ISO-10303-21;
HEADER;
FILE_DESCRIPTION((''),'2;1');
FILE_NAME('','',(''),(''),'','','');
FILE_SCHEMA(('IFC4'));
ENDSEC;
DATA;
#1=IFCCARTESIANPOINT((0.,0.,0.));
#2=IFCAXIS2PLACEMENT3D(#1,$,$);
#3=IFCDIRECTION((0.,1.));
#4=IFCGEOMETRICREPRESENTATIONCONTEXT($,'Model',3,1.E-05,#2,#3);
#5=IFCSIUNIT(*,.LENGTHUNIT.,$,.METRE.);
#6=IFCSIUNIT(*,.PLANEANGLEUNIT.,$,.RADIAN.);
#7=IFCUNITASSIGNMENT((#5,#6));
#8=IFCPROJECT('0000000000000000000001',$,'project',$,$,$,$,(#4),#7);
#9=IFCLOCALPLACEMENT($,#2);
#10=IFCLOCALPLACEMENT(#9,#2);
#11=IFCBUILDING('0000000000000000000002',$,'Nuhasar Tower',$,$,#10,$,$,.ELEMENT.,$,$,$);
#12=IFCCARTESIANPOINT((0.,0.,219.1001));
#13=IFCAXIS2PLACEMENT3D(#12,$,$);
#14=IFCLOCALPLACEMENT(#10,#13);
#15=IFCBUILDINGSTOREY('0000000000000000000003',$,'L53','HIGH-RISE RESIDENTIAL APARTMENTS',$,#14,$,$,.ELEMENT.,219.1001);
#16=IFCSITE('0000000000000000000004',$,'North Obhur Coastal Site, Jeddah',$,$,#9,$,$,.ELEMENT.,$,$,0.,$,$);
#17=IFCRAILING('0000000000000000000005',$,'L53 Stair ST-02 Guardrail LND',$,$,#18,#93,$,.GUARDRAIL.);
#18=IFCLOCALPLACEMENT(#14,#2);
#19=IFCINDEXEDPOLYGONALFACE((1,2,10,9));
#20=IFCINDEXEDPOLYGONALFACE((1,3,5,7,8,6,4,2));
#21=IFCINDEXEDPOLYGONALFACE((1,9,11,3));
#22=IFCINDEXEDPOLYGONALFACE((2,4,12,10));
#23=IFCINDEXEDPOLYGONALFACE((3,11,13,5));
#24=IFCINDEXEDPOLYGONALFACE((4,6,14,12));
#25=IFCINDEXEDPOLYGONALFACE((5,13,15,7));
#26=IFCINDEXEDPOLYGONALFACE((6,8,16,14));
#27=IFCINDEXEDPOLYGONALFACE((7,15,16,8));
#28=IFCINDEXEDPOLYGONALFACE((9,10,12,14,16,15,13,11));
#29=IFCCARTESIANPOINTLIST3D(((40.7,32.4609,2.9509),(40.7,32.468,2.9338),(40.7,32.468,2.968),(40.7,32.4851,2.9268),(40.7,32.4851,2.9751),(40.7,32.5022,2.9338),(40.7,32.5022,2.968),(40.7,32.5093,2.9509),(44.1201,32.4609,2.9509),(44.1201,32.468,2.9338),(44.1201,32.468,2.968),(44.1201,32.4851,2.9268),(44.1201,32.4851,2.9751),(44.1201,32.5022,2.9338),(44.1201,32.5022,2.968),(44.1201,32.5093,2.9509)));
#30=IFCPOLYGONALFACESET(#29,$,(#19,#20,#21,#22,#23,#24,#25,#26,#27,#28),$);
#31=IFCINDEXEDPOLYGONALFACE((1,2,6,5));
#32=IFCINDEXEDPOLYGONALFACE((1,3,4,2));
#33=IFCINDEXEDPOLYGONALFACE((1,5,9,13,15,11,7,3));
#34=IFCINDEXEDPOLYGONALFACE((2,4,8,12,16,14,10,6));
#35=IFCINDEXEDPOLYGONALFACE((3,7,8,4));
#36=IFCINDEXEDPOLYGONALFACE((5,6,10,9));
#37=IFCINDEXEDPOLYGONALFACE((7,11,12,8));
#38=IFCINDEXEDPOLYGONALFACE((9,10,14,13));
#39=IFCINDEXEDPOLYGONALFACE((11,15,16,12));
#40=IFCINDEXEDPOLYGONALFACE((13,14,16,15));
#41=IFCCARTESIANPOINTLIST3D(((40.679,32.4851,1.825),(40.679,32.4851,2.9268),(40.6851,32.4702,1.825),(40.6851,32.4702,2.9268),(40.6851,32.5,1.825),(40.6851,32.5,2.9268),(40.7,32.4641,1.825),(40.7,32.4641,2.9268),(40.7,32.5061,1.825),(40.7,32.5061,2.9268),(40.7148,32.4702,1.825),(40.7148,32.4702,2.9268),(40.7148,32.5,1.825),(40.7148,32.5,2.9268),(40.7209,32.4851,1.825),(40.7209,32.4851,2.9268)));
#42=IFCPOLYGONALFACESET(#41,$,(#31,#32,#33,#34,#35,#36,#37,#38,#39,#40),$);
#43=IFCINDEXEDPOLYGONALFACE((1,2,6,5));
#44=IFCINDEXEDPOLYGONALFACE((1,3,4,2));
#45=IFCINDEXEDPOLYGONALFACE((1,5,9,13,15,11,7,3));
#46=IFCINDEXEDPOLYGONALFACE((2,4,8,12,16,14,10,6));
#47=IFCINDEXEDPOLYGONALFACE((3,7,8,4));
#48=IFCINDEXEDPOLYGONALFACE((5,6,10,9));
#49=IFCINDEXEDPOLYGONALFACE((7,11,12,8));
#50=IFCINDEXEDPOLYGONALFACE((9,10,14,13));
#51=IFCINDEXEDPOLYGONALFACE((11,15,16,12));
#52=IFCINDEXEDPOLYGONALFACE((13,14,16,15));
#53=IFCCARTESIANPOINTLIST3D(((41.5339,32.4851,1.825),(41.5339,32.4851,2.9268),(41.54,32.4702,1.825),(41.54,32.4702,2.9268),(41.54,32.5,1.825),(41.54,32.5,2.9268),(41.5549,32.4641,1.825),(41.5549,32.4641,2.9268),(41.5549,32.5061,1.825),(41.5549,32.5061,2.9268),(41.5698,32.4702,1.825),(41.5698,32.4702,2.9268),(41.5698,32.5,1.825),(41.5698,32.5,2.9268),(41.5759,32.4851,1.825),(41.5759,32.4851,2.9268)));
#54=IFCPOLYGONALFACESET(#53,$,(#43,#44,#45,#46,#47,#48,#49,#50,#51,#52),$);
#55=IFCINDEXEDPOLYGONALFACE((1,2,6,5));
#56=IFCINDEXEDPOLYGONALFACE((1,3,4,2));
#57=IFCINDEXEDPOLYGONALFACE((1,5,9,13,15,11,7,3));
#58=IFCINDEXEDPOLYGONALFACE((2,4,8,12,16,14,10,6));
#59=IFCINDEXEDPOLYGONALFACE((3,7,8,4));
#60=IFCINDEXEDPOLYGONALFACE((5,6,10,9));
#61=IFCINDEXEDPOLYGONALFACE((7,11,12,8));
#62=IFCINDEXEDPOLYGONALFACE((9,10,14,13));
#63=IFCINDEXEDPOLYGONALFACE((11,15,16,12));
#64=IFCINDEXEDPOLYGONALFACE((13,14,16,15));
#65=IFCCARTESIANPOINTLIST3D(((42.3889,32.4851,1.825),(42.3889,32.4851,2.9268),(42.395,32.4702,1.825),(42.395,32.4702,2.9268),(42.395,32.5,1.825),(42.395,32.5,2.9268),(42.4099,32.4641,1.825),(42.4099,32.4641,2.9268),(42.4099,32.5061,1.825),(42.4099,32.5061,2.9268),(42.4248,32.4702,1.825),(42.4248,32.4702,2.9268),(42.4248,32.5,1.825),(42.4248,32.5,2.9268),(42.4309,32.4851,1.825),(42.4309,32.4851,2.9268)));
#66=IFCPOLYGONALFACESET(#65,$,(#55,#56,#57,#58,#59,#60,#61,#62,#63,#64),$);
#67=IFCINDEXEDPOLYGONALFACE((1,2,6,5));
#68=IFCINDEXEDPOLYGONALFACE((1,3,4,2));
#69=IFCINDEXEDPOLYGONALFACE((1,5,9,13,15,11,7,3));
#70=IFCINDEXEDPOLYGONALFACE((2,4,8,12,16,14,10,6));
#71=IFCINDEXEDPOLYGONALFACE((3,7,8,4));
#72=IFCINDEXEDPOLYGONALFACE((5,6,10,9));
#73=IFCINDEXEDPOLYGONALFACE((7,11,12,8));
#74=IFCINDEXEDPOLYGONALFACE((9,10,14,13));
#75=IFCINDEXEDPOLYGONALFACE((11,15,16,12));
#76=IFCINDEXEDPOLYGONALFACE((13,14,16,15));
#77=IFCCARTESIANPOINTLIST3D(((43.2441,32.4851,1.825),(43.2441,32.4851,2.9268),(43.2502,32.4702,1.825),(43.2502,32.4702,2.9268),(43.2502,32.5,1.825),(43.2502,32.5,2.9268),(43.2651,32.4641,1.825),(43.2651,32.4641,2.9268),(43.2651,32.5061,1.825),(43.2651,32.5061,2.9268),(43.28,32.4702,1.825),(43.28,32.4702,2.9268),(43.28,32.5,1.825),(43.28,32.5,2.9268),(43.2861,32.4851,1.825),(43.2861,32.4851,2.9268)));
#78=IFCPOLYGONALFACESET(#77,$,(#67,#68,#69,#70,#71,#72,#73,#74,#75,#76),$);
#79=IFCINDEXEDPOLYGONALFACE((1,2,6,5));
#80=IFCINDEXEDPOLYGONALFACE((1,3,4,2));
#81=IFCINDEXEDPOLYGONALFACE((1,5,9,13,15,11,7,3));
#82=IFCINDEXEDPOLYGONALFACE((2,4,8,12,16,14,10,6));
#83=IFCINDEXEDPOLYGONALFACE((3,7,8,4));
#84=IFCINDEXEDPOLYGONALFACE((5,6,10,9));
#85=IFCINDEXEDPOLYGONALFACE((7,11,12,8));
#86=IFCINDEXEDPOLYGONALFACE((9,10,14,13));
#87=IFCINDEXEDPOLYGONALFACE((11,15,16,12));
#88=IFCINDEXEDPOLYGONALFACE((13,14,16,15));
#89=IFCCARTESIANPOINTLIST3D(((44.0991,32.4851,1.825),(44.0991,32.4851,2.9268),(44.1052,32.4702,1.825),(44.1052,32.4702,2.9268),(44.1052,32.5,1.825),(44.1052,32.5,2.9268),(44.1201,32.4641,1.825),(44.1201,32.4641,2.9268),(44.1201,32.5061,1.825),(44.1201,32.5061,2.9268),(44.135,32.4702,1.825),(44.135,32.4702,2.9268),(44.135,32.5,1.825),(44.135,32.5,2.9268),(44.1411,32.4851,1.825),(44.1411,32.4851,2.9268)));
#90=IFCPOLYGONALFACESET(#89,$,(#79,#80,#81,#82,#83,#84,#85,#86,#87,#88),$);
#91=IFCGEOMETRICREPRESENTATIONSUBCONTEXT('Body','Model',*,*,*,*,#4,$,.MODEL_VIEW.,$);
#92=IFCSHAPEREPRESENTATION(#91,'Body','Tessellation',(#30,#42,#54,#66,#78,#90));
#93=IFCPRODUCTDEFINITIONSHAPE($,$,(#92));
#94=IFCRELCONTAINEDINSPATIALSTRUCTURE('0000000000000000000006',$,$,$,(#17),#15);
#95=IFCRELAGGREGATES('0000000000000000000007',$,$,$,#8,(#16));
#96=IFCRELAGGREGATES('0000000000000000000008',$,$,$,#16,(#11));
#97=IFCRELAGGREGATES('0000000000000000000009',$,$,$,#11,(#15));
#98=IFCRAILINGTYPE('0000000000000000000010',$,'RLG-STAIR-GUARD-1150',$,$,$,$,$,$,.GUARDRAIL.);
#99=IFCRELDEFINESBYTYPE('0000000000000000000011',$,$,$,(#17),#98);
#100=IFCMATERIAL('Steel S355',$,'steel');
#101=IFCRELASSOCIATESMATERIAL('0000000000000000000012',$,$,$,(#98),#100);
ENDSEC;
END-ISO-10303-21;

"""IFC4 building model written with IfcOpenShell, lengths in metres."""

from ifc_helpers import new_model, si_unit, direction, frame, origin, place, context, subcontext, project, spatial, polyline, outline, extrude, material, type_object, element, save


model = new_model("IFC4")

# Units and contexts
model_context = context("Model", 3, precision=1e-05, world=origin(), true_north=direction((0.0, 1.0)))
body_context = subcontext(model_context, "Body", "Model", "MODEL_VIEW")
ifc_project = project(units=[si_unit("LENGTHUNIT", "METRE"), si_unit("PLANEANGLEUNIT", "RADIAN")], contexts=[model_context])

# Site, building, storey
site_placement = place(None, origin())
site = spatial("IfcSite", under=ifc_project, at=site_placement, Name="North Obhur Coastal Site, Jeddah", CompositionType="ELEMENT", RefElevation=0.0)
building_placement = place(site_placement, origin())
building = spatial("IfcBuilding", under=site, at=building_placement, Name="Nuhasar Tower", CompositionType="ELEMENT")
storey_placement = place(building_placement, frame((0.0, 0.0, 219.1001)))
storey = spatial("IfcBuildingStorey", under=building, at=storey_placement, Name="L53", Description="HIGH-RISE RESIDENTIAL APARTMENTS", CompositionType="ELEMENT", Elevation=219.1001)

# Shared definitions
ifc_material_1 = material(Name="Steel S355", Category="steel")

# Railing
railing_type_1 = type_object("IfcRailingType", Name="RLG-STAIR-GUARD-1150", PredefinedType="GUARDRAIL", material=ifc_material_1)
railing_1_placement = place(storey_placement, frame((40.7, 32.4851, 1.825)))
element("IfcRailing", 1, at=railing_1_placement, inside=storey, type_object=railing_type_1, Name="L53 Stair ST-02 Guardrail LND", PredefinedType="GUARDRAIL", context=body_context, shape_type="SweptSolid", body=[
    extrude(outline(polyline([(0.0242, 0.0), (0.0171, 0.0171), (0.0, 0.0242), (-0.0171, 0.0171), (-0.0242, 0.0), (-0.0171, -0.0171), (0.0, -0.0242), (0.0171, -0.0171), (0.0242, 0.0)])), frame((0.0, 0.0, 1.126), z_axis=(1.0, 0.0, 0.0), x_axis=(0.0, 1.0, 0.0)), (0.0, 0.0, 1.0), 3.4202),
    extrude(outline(polyline([(0.021, 0.0), (0.0149, 0.0149), (0.0, 0.021), (-0.0149, 0.0149), (-0.021, 0.0), (-0.0149, -0.0149), (0.0, -0.021), (0.0149, -0.0149), (0.021, 0.0)])), origin(), (0.0, 0.0, 1.0), 1.1018),
    extrude(outline(polyline([(0.021, 0.0), (0.0149, 0.0149), (0.0, 0.021), (-0.0149, 0.0149), (-0.021, 0.0), (-0.0149, -0.0149), (0.0, -0.021), (0.0149, -0.0149), (0.021, 0.0)])), frame((0.855, 0.0, 0.0)), (0.0, 0.0, 1.0), 1.1018),
    extrude(outline(polyline([(0.021, 0.0), (0.0149, 0.0149), (0.0, 0.021), (-0.0149, 0.0149), (-0.021, 0.0), (-0.0149, -0.0149), (0.0, -0.021), (0.0149, -0.0149), (0.021, 0.0)])), frame((1.71, 0.0, 0.0)), (0.0, 0.0, 1.0), 1.1018),
    extrude(outline(polyline([(0.021, 0.0), (0.0149, 0.0149), (0.0, 0.021), (-0.0149, 0.0149), (-0.021, 0.0), (-0.0149, -0.0149), (0.0, -0.021), (0.0149, -0.0149), (0.021, 0.0)])), frame((2.5652, 0.0, 0.0)), (0.0, 0.0, 1.0), 1.1018),
    extrude(outline(polyline([(0.021, 0.0), (0.0149, 0.0149), (0.0, 0.021), (-0.0149, 0.0149), (-0.021, 0.0), (-0.0149, -0.0149), (0.0, -0.021), (0.0149, -0.0149), (0.021, 0.0)])), frame((3.4202, 0.0, 0.0)), (0.0, 0.0, 1.0), 1.1018),
])

save(model, "model.ifc")
